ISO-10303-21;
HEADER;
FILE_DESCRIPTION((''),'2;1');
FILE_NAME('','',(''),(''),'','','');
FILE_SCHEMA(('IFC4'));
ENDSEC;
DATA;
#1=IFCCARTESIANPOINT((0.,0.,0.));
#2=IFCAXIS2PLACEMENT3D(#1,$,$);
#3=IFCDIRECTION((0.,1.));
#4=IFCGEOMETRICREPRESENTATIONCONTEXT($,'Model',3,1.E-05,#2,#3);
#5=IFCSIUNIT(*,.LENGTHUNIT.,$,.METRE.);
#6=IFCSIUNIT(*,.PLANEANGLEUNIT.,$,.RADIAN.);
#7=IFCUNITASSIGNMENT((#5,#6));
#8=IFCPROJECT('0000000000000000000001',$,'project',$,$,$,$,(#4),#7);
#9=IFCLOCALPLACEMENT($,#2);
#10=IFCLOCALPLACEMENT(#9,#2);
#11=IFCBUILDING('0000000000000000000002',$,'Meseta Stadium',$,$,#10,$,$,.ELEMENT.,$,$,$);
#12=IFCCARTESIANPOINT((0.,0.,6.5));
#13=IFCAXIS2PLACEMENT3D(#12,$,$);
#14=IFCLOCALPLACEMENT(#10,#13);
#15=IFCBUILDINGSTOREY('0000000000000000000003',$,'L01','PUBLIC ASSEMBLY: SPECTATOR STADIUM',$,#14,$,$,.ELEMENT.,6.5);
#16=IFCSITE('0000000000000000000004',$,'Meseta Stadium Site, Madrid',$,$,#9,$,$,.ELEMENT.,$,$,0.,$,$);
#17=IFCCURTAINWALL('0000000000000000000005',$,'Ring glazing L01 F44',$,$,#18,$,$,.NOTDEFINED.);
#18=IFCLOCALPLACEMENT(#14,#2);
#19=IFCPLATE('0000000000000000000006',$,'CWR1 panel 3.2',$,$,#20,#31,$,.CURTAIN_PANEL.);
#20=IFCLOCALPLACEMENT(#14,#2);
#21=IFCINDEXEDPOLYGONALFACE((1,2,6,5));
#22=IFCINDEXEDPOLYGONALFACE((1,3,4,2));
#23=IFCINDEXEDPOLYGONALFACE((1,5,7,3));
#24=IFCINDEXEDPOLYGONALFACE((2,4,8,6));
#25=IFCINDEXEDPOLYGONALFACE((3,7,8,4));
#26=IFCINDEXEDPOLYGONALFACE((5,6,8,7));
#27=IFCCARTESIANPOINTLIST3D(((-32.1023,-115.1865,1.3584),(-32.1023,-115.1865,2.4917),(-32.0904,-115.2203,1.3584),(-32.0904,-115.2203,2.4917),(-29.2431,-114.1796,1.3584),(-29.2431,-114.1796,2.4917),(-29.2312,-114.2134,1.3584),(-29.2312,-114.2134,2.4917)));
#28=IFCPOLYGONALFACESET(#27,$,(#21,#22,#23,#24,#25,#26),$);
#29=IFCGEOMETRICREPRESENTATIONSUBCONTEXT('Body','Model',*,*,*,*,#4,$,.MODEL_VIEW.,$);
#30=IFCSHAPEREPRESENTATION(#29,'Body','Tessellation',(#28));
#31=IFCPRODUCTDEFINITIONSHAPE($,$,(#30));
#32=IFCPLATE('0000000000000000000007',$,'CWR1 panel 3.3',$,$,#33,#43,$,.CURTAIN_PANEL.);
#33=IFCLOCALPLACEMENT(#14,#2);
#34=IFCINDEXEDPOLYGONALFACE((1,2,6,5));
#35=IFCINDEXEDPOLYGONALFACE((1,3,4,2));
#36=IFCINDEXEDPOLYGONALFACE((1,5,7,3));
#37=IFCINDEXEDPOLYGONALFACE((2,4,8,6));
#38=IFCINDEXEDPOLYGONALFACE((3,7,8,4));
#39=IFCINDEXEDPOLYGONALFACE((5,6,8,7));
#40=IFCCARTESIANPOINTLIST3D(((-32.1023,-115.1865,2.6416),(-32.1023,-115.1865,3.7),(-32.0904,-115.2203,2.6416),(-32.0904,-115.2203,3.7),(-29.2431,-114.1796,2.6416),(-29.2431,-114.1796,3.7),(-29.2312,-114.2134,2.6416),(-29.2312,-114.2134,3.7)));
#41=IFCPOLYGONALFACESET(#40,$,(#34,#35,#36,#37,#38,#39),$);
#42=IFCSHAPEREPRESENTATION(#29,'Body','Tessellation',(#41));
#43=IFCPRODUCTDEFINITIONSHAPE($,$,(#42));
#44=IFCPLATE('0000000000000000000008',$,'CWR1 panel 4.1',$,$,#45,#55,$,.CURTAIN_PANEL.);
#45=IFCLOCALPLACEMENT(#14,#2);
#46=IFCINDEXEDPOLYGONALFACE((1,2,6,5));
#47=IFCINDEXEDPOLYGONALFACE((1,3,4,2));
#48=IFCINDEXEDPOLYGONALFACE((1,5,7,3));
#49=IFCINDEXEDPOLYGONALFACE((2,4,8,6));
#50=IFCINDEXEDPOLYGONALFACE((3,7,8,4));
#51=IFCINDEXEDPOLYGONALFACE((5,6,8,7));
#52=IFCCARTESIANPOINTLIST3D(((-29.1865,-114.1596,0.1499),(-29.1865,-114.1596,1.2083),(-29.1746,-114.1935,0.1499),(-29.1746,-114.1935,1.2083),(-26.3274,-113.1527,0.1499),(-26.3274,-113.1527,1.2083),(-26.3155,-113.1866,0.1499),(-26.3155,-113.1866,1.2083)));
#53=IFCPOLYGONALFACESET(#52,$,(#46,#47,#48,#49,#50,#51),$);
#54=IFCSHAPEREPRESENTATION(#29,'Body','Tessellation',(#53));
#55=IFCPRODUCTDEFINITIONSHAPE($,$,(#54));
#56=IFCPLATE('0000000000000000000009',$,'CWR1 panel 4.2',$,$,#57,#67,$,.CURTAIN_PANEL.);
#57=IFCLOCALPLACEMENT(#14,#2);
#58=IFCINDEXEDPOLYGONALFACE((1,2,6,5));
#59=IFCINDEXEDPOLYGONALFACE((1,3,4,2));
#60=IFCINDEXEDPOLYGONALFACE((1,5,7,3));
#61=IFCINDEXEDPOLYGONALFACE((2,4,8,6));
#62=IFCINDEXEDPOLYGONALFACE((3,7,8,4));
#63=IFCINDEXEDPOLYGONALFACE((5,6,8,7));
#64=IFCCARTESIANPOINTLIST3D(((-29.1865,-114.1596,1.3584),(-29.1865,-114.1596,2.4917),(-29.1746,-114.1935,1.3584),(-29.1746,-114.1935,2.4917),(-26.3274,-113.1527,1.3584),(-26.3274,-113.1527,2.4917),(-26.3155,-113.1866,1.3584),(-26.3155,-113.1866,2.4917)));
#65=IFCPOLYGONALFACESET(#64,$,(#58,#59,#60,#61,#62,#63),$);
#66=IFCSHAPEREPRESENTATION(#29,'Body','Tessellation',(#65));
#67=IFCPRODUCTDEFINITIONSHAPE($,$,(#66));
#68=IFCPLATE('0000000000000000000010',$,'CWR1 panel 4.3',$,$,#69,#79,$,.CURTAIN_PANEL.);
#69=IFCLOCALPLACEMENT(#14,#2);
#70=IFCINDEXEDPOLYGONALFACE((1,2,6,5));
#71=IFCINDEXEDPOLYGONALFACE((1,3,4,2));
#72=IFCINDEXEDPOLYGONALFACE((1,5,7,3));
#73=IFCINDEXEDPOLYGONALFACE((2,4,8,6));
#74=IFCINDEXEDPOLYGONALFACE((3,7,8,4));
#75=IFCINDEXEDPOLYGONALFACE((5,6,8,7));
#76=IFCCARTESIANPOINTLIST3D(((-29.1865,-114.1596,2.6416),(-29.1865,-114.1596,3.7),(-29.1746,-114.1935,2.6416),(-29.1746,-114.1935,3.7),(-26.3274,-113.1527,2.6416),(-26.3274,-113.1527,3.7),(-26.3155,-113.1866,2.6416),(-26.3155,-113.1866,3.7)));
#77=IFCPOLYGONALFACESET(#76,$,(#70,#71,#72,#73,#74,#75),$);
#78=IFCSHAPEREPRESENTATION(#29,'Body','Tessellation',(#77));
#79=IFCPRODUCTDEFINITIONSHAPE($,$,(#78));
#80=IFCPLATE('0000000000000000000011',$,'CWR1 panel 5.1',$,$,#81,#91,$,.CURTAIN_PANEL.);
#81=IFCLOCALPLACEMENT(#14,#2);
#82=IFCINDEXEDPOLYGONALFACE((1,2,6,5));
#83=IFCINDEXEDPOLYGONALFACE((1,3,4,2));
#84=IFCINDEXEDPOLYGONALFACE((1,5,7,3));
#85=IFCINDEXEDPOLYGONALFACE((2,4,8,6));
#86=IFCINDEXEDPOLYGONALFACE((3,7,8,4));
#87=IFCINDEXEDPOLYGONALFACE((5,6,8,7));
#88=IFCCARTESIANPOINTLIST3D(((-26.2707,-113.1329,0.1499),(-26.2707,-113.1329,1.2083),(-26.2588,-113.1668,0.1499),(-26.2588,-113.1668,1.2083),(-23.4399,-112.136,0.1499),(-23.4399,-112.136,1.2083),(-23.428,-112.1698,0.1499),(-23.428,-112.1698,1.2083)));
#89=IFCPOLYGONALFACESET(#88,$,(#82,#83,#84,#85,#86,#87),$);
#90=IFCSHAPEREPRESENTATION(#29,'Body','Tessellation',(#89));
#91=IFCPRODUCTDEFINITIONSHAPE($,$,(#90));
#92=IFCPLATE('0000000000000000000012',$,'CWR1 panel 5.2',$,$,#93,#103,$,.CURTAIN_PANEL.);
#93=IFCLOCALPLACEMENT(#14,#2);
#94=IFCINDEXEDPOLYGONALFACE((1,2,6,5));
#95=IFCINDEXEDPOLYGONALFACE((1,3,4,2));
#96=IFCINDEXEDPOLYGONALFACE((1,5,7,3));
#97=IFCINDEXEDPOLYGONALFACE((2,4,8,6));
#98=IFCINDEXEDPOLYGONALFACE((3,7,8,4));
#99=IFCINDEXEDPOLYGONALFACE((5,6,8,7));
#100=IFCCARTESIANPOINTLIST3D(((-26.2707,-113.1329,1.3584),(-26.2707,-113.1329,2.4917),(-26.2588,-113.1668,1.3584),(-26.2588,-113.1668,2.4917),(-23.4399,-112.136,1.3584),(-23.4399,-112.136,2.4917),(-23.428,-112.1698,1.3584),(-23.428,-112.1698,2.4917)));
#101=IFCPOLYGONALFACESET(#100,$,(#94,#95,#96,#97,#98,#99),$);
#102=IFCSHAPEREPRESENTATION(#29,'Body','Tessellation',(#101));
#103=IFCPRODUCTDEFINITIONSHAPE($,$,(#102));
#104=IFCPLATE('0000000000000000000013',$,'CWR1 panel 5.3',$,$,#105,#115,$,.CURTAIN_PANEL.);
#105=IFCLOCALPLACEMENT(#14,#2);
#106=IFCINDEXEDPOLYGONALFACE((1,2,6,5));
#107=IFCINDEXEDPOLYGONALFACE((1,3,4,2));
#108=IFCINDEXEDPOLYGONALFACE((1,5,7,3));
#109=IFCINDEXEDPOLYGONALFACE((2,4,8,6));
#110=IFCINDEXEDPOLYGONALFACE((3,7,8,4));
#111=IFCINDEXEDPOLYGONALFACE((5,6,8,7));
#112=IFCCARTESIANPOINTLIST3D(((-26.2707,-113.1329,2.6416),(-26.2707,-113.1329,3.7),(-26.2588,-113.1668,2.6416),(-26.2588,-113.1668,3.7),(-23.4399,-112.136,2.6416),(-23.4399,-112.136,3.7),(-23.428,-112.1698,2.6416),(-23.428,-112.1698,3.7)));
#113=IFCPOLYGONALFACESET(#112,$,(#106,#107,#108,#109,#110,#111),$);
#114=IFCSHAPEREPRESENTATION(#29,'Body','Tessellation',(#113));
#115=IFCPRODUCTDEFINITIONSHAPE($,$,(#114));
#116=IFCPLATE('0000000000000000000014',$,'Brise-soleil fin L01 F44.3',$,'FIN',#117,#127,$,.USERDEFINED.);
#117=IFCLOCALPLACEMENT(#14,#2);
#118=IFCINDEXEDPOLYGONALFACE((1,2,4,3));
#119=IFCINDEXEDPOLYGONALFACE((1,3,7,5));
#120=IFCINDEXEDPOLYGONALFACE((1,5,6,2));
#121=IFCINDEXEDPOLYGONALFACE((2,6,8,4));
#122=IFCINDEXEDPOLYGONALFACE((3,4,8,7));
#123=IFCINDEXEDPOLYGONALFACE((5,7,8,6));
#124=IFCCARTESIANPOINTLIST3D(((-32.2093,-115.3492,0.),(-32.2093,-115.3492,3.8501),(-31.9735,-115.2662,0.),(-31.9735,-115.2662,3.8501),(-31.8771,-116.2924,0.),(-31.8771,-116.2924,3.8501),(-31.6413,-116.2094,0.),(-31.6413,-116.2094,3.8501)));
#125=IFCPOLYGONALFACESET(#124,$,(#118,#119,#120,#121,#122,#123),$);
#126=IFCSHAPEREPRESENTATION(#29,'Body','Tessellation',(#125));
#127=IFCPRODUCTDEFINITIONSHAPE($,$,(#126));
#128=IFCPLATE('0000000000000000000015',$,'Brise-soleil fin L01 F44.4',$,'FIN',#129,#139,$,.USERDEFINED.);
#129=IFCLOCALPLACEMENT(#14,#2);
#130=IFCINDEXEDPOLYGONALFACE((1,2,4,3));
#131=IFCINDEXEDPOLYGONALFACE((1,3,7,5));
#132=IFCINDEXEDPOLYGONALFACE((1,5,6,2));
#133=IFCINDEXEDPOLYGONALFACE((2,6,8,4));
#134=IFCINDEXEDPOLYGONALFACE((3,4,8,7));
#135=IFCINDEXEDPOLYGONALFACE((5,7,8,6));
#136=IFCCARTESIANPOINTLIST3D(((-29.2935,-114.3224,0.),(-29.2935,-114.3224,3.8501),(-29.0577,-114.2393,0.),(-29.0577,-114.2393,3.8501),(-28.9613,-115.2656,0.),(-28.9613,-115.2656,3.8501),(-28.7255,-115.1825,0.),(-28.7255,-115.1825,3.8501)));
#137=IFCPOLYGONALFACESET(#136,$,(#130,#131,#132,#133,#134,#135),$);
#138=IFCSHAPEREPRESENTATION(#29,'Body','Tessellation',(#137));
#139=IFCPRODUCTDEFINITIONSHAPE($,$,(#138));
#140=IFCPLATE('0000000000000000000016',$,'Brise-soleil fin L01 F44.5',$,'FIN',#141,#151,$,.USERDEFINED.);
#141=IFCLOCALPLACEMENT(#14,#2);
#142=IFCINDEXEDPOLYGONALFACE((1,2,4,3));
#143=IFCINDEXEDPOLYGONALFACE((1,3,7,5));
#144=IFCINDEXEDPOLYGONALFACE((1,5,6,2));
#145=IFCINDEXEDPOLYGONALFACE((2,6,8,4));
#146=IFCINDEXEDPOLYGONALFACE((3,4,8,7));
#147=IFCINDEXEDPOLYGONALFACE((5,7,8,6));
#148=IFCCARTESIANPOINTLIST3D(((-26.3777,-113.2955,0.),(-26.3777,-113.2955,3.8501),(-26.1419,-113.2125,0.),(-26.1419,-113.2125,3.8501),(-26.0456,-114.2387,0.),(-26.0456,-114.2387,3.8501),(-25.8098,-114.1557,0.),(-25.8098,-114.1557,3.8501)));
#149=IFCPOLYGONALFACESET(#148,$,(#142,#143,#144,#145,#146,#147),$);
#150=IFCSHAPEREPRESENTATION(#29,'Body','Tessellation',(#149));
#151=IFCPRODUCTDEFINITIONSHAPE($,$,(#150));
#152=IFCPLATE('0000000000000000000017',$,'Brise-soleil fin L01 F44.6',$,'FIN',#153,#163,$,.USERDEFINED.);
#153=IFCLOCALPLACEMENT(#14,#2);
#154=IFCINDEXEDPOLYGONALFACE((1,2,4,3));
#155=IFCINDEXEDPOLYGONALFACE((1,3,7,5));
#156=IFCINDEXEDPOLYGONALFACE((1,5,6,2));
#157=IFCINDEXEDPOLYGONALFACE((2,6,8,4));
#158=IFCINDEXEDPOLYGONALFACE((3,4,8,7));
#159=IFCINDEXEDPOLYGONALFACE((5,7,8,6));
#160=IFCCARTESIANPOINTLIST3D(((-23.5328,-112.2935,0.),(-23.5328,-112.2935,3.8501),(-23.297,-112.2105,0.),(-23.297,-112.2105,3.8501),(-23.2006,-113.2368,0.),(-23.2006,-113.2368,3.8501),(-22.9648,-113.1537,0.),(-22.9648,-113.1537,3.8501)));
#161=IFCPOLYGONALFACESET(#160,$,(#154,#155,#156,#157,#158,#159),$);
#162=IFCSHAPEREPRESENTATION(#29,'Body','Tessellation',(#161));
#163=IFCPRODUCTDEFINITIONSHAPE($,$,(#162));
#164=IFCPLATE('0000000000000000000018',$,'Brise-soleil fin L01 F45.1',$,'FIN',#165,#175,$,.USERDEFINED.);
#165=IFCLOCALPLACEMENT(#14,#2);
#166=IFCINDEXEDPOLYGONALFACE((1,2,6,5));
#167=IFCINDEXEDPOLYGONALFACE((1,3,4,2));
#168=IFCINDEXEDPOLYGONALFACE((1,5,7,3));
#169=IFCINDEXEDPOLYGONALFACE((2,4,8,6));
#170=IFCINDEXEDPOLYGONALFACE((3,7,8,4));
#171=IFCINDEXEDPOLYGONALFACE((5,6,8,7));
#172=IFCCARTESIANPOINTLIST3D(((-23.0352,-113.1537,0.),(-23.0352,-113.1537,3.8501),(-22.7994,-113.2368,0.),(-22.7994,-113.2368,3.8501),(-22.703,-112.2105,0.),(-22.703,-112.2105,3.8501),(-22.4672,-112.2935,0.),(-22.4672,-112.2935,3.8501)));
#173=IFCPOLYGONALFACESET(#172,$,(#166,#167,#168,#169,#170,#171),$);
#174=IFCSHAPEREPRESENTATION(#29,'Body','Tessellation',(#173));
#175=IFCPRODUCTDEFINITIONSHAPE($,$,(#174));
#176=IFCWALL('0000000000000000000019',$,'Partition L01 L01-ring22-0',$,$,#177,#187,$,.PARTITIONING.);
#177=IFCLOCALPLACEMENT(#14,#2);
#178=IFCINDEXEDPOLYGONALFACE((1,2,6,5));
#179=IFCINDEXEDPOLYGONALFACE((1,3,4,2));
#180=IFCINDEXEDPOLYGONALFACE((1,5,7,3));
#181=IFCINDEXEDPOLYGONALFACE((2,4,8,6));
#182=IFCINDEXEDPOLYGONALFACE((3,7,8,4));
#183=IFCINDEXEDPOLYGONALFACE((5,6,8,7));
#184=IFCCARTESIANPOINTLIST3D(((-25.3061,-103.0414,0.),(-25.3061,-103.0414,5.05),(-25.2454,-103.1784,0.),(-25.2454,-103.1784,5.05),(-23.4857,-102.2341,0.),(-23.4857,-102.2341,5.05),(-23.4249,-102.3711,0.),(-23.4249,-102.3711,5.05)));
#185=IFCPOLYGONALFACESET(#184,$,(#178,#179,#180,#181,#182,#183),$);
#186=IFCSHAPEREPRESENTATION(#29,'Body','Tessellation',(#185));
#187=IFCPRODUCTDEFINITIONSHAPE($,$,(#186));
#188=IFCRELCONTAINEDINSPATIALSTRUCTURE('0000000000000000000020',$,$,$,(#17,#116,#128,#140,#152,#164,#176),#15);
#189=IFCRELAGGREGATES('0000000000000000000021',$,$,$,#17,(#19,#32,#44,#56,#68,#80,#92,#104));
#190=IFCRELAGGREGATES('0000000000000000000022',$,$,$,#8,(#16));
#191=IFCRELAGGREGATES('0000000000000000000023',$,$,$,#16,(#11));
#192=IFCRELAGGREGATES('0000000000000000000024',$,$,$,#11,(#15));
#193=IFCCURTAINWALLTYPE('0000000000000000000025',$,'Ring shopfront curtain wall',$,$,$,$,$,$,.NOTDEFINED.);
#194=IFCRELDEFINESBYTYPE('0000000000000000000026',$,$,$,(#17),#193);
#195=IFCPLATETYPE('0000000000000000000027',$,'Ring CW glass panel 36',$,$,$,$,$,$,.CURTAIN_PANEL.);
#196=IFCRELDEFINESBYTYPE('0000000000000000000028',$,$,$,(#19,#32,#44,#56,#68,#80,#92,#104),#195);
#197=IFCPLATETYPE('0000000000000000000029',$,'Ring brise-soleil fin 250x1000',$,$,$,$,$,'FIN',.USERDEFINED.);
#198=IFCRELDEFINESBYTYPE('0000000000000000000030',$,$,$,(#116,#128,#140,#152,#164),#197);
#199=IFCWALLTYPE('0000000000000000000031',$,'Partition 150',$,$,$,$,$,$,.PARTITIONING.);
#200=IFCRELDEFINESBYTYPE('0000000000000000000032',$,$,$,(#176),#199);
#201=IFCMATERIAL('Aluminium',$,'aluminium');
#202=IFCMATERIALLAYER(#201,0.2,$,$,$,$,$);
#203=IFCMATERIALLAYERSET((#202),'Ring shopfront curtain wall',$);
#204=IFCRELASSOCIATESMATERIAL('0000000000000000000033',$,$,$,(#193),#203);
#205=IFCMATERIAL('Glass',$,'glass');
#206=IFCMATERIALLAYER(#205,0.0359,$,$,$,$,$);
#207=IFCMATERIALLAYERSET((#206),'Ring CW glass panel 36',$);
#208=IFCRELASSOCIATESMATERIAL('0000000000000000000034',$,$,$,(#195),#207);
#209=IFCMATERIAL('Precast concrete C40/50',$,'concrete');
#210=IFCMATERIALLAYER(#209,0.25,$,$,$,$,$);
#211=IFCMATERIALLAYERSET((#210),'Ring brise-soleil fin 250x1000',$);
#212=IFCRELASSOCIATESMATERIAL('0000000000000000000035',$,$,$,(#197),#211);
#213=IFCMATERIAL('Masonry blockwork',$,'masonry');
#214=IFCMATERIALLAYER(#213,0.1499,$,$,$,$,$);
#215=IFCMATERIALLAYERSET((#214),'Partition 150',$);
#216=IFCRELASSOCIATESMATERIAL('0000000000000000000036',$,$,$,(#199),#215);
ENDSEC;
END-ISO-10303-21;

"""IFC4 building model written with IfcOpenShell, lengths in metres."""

from ifc_helpers import new_model, si_unit, direction, frame, frame_2d, origin, origin_2d, place, context, subcontext, project, spatial, rectangle, extrude, material, layer, layer_set, type_object, element, aggregate, save


model = new_model("IFC4")

# Units and contexts
model_context = context("Model", 3, precision=1e-05, world=origin(), true_north=direction((0.0, 1.0)))
body_context = subcontext(model_context, "Body", "Model", "MODEL_VIEW")
ifc_project = project(units=[si_unit("LENGTHUNIT", "METRE"), si_unit("PLANEANGLEUNIT", "RADIAN")], contexts=[model_context])

# Site, building, storey
site_placement = place(None, origin())
site = spatial("IfcSite", under=ifc_project, at=site_placement, Name="Meseta Stadium Site, Madrid", CompositionType="ELEMENT", RefElevation=0.0)
building_placement = place(site_placement, origin())
building = spatial("IfcBuilding", under=site, at=building_placement, Name="Meseta Stadium", CompositionType="ELEMENT")
storey_placement = place(building_placement, frame((0.0, 0.0, 6.5)))
storey = spatial("IfcBuildingStorey", under=building, at=storey_placement, Name="L01", Description="PUBLIC ASSEMBLY: SPECTATOR STADIUM", CompositionType="ELEMENT", Elevation=6.5)

# Curtain wall, plates
ifc_material_1 = material(Name="Aluminium", Category="aluminium")
ifc_layer_1 = layer(ifc_material_1, 0.2)
ifc_layer_set_1 = layer_set([ifc_layer_1], Name="Ring shopfront curtain wall")
curtain_wall_type = type_object("IfcCurtainWallType", Name="Ring shopfront curtain wall", PredefinedType="NOTDEFINED", material=ifc_layer_set_1)
curtain_wall_placement = place(storey_placement, origin())
curtain_wall = element("IfcCurtainWall", 1, at=curtain_wall_placement, inside=storey, type_object=curtain_wall_type, Name="Ring glazing L01 F44", PredefinedType="NOTDEFINED")
ifc_material_2 = material(Name="Glass", Category="glass")
ifc_layer_2 = layer(ifc_material_2, 0.0359)
ifc_layer_set_2 = layer_set([ifc_layer_2], Name="Ring CW glass panel 36")
plate_type_1 = type_object("IfcPlateType", Name="Ring CW glass panel 36", PredefinedType="CURTAIN_PANEL", material=ifc_layer_set_2)
plate_1_placement = place(storey_placement, frame((-30.6667, -114.7, 1.3584), z_axis=(0.0, 0.0, 1.0), x_axis=(0.943218, 0.332174, 0.0)))
plate_1 = element("IfcPlate", 2, at=plate_1_placement, type_object=plate_type_1, Name="CWR1 panel 3.2", PredefinedType="CURTAIN_PANEL", context=body_context, shape_type="SweptSolid", body=[
    extrude(rectangle(XDim=3.0312, YDim=0.0359, at=origin_2d()), origin(), (0.0, 0.0, 1.0), 1.1333),
])
plate_2_placement = place(storey_placement, frame((-30.6667, -114.7, 2.6416), z_axis=(0.0, 0.0, 1.0), x_axis=(0.943218, 0.332174, 0.0)))
plate_2 = element("IfcPlate", 3, at=plate_2_placement, type_object=plate_type_1, Name="CWR1 panel 3.3", PredefinedType="CURTAIN_PANEL", context=body_context, shape_type="SweptSolid", body=[
    extrude(rectangle(XDim=3.0312, YDim=0.0359, at=origin_2d()), origin(), (0.0, 0.0, 1.0), 1.0583),
])
plate_3_placement = place(storey_placement, frame((-27.751, -113.6731, 0.1499), z_axis=(0.0, 0.0, 1.0), x_axis=(0.943218, 0.332174, 0.0)))
plate_3 = element("IfcPlate", 4, at=plate_3_placement, type_object=plate_type_1, Name="CWR1 panel 4.1", PredefinedType="CURTAIN_PANEL", context=body_context, shape_type="SweptSolid", body=[
    extrude(rectangle(XDim=3.0312, YDim=0.0359, at=origin_2d()), origin(), (0.0, 0.0, 1.0), 1.0583),
])
plate_4_placement = place(storey_placement, frame((-27.751, -113.6731, 1.3584), z_axis=(0.0, 0.0, 1.0), x_axis=(0.943218, 0.332174, 0.0)))
plate_4 = element("IfcPlate", 5, at=plate_4_placement, type_object=plate_type_1, Name="CWR1 panel 4.2", PredefinedType="CURTAIN_PANEL", context=body_context, shape_type="SweptSolid", body=[
    extrude(rectangle(XDim=3.0312, YDim=0.0359, at=origin_2d()), origin(), (0.0, 0.0, 1.0), 1.1333),
])
plate_5_placement = place(storey_placement, frame((-27.751, -113.6731, 2.6416), z_axis=(0.0, 0.0, 1.0), x_axis=(0.943218, 0.332174, 0.0)))
plate_5 = element("IfcPlate", 6, at=plate_5_placement, type_object=plate_type_1, Name="CWR1 panel 4.3", PredefinedType="CURTAIN_PANEL", context=body_context, shape_type="SweptSolid", body=[
    extrude(rectangle(XDim=3.0312, YDim=0.0359, at=origin_2d()), origin(), (0.0, 0.0, 1.0), 1.0583),
])
plate_6_placement = place(storey_placement, frame((-24.8494, -112.6514, 0.1499), z_axis=(0.0, 0.0, 1.0), x_axis=(0.943218, 0.332174, 0.0)))
plate_6 = element("IfcPlate", 7, at=plate_6_placement, type_object=plate_type_1, Name="CWR1 panel 5.1", PredefinedType="CURTAIN_PANEL", context=body_context, shape_type="SweptSolid", body=[
    extrude(rectangle(XDim=3.0012, YDim=0.0359, at=origin_2d()), origin(), (0.0, 0.0, 1.0), 1.0583),
])
plate_7_placement = place(storey_placement, frame((-24.8494, -112.6514, 1.3584), z_axis=(0.0, 0.0, 1.0), x_axis=(0.943218, 0.332174, 0.0)))
plate_7 = element("IfcPlate", 8, at=plate_7_placement, type_object=plate_type_1, Name="CWR1 panel 5.2", PredefinedType="CURTAIN_PANEL", context=body_context, shape_type="SweptSolid", body=[
    extrude(rectangle(XDim=3.0012, YDim=0.0359, at=origin_2d()), origin(), (0.0, 0.0, 1.0), 1.1333),
])
plate_8_placement = place(storey_placement, frame((-24.8494, -112.6514, 2.6416), z_axis=(0.0, 0.0, 1.0), x_axis=(0.943218, 0.332174, 0.0)))
plate_8 = element("IfcPlate", 9, at=plate_8_placement, type_object=plate_type_1, Name="CWR1 panel 5.3", PredefinedType="CURTAIN_PANEL", context=body_context, shape_type="SweptSolid", body=[
    extrude(rectangle(XDim=3.0012, YDim=0.0359, at=origin_2d()), origin(), (0.0, 0.0, 1.0), 1.0583),
])
aggregate(curtain_wall, [plate_1, plate_2, plate_3, plate_4, plate_5, plate_6, plate_7, plate_8])

# Plates
ifc_material_3 = material(Name="Precast concrete C40/50", Category="concrete")
ifc_layer_3 = layer(ifc_material_3, 0.25)
ifc_layer_set_3 = layer_set([ifc_layer_3], Name="Ring brise-soleil fin 250x1000")
plate_type_2 = type_object("IfcPlateType", Name="Ring brise-soleil fin 250x1000", ElementType="FIN", PredefinedType="USERDEFINED", material=ifc_layer_set_3)
for number, where, z_axis, x_axis, name in (
    (10, (-31.9253, -115.7793, 0.0), (0.0, 0.0, 1.0), (0.943217, 0.332176, 0.0), "Brise-soleil fin L01 F44.3"),
    (11, (-29.0095, -114.7524, 0.0), (0.0, 0.0, 1.0), (0.943217, 0.332176, 0.0), "Brise-soleil fin L01 F44.4"),
    (12, (-26.0938, -113.7256, 0.0), (0.0, 0.0, 1.0), (0.943217, 0.332176, 0.0), "Brise-soleil fin L01 F44.5"),
    (13, (-23.2488, -112.7236, 0.0), (0.0, 0.0, 1.0), (0.943217, 0.332176, 0.0), "Brise-soleil fin L01 F44.6"),
    (14, (-22.7512, -112.7236, 0.0), (0.0, 0.0, 1.0), (0.943217, -0.332176, 0.0), "Brise-soleil fin L01 F45.1"),
):
    element("IfcPlate", number, at=place(storey_placement, frame(where, z_axis=z_axis, x_axis=x_axis)), inside=storey, type_object=plate_type_2, Name=name, ObjectType="FIN", PredefinedType="USERDEFINED", context=body_context, shape_type="SweptSolid", body=[
        extrude(rectangle(XDim=0.25, YDim=1.0, at=origin_2d()), origin(), (0.0, 0.0, 1.0), 3.8501),
    ])

# Wall
ifc_material_4 = material(Name="Masonry blockwork", Category="masonry")
ifc_layer_4 = layer(ifc_material_4, 0.1499)
ifc_layer_set_4 = layer_set([ifc_layer_4], Name="Partition 150")
wall_type = type_object("IfcWallType", Name="Partition 150", PredefinedType="PARTITIONING", material=ifc_layer_set_4)
wall_placement = place(storey_placement, frame((-25.2756, -103.1099, 0.0), z_axis=(0.0, 0.0, 1.0), x_axis=(0.91414, 0.405399, 0.0)))
element("IfcWall", 15, at=wall_placement, inside=storey, type_object=wall_type, Name="Partition L01 L01-ring22-0", PredefinedType="PARTITIONING", context=body_context, shape_type="SweptSolid", body=[
    extrude(rectangle(XDim=1.9915, YDim=0.1499, at=frame_2d((0.9956, 0.0))), origin(), (0.0, 0.0, 1.0), 5.05),
])

save(model, "model.ifc")
